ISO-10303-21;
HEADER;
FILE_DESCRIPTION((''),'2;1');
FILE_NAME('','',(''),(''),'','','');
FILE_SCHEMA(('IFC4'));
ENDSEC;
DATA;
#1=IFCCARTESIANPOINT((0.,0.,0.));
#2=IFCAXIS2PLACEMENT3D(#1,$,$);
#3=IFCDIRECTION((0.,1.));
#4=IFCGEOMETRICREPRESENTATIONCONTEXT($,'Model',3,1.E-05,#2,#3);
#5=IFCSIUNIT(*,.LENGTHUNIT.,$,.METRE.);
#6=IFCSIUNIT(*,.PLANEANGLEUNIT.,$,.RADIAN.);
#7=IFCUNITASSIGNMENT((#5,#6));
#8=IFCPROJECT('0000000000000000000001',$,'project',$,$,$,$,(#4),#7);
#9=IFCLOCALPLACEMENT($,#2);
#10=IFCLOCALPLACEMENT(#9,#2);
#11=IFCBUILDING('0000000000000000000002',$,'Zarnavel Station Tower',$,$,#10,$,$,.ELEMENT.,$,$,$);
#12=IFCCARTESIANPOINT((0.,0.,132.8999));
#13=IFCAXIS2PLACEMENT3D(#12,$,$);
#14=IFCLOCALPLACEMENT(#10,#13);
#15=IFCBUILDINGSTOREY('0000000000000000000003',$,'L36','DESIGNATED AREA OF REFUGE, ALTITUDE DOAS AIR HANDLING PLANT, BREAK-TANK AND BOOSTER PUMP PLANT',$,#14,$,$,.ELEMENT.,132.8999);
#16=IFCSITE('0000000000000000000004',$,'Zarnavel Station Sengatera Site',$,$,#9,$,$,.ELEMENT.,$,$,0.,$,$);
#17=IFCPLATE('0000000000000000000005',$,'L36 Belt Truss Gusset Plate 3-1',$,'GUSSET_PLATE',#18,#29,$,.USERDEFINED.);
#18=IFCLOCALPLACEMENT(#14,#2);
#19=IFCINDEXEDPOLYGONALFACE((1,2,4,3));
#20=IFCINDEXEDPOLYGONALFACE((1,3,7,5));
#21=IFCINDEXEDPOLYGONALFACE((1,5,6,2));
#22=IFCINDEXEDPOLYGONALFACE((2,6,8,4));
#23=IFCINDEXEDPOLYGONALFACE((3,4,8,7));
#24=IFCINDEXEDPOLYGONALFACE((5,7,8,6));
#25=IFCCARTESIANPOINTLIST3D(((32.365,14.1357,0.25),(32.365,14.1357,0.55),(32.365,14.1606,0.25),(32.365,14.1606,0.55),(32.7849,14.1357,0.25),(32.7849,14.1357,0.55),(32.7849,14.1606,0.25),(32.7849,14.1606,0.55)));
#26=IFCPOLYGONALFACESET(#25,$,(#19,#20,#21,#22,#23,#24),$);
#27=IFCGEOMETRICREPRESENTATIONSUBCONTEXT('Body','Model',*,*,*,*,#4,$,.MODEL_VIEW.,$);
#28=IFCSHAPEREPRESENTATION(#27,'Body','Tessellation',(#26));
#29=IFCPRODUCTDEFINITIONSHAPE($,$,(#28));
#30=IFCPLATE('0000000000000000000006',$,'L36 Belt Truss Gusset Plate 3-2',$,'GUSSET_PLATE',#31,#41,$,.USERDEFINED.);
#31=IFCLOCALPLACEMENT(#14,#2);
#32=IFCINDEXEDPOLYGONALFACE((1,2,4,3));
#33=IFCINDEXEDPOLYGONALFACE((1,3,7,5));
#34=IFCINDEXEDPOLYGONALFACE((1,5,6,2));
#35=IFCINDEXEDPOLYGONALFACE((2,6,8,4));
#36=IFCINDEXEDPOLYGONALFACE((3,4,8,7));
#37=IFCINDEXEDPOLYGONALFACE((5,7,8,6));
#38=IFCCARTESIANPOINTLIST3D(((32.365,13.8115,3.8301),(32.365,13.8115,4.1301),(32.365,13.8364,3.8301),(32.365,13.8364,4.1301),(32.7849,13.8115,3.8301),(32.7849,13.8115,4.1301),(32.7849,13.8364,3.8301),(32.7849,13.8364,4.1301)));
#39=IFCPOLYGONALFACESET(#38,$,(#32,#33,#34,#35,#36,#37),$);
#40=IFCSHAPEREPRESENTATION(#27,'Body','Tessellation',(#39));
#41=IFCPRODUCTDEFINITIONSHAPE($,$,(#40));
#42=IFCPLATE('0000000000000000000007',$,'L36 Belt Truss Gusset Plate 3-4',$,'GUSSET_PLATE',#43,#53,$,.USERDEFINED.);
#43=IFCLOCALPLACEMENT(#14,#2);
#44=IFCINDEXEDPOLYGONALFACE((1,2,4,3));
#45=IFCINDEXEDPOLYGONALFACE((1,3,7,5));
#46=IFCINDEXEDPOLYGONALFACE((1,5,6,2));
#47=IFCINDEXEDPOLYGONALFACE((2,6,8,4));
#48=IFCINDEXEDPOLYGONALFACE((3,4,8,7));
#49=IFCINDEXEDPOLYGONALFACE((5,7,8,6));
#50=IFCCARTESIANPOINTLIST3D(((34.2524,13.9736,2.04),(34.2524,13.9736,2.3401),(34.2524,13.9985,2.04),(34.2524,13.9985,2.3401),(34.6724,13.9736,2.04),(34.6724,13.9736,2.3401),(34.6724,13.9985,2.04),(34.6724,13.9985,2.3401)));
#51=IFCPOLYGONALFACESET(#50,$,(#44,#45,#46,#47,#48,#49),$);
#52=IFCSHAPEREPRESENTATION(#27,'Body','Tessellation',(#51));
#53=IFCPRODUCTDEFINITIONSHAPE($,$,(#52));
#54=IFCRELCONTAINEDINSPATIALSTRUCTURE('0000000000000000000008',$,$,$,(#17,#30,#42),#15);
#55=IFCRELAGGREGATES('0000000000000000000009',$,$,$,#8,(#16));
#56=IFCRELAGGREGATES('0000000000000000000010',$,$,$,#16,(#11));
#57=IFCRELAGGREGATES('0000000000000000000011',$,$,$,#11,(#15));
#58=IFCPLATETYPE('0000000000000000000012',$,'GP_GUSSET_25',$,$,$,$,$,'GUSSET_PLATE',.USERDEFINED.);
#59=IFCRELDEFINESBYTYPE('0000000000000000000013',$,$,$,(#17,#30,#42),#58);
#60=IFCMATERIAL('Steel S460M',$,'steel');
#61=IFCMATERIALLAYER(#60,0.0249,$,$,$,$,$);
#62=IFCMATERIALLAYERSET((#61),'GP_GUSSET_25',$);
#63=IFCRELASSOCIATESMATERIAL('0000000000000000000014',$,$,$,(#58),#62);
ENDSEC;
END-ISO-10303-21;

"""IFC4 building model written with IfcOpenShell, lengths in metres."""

from ifc_helpers import new_model, si_unit, direction, frame, origin, origin_2d, place, context, subcontext, project, spatial, rectangle, extrude, material, layer, layer_set, type_object, element, save


model = new_model("IFC4")

# Units and contexts
model_context = context("Model", 3, precision=1e-05, world=origin(), true_north=direction((0.0, 1.0)))
body_context = subcontext(model_context, "Body", "Model", "MODEL_VIEW")
ifc_project = project(units=[si_unit("LENGTHUNIT", "METRE"), si_unit("PLANEANGLEUNIT", "RADIAN")], contexts=[model_context])

# Site, building, storey
site_placement = place(None, origin())
site = spatial("IfcSite", under=ifc_project, at=site_placement, Name="Zarnavel Station Sengatera Site", CompositionType="ELEMENT", RefElevation=0.0)
building_placement = place(site_placement, origin())
building = spatial("IfcBuilding", under=site, at=building_placement, Name="Zarnavel Station Tower", CompositionType="ELEMENT")
storey_placement = place(building_placement, frame((0.0, 0.0, 132.8999)))
storey = spatial("IfcBuildingStorey", under=building, at=storey_placement, Name="L36", Description="DESIGNATED AREA OF REFUGE, ALTITUDE DOAS AIR HANDLING PLANT, BREAK-TANK AND BOOSTER PUMP PLANT", CompositionType="ELEMENT", Elevation=132.8999)

# Plates
ifc_material_1 = material(Name="Steel S460M", Category="steel")
ifc_layer_1 = layer(ifc_material_1, 0.0249)
ifc_layer_set_1 = layer_set([ifc_layer_1], Name="GP_GUSSET_25")
plate_type = type_object("IfcPlateType", Name="GP_GUSSET_25", ElementType="GUSSET_PLATE", PredefinedType="USERDEFINED", material=ifc_layer_set_1)
for number, where, z_axis, x_axis, name in (
    (1, (32.575, 14.1482, 0.25), (0.0, 0.0, 1.0), (1.0, 0.0, 0.0), "L36 Belt Truss Gusset Plate 3-1"),
    (2, (32.575, 13.824, 3.8301), (0.0, 0.0, 1.0), (1.0, 0.0, 0.0), "L36 Belt Truss Gusset Plate 3-2"),
    (3, (34.4624, 13.9861, 2.04), (0.0, 0.0, 1.0), (1.0, 0.0, 0.0), "L36 Belt Truss Gusset Plate 3-4"),
):
    element("IfcPlate", number, at=place(storey_placement, frame(where, z_axis=z_axis, x_axis=x_axis)), inside=storey, type_object=plate_type, Name=name, ObjectType="GUSSET_PLATE", PredefinedType="USERDEFINED", context=body_context, shape_type="SweptSolid", body=[
        extrude(rectangle(XDim=0.4199, YDim=0.0249, at=origin_2d()), origin(), (0.0, 0.0, 1.0), 0.3),
    ])

save(model, "model.ifc")
